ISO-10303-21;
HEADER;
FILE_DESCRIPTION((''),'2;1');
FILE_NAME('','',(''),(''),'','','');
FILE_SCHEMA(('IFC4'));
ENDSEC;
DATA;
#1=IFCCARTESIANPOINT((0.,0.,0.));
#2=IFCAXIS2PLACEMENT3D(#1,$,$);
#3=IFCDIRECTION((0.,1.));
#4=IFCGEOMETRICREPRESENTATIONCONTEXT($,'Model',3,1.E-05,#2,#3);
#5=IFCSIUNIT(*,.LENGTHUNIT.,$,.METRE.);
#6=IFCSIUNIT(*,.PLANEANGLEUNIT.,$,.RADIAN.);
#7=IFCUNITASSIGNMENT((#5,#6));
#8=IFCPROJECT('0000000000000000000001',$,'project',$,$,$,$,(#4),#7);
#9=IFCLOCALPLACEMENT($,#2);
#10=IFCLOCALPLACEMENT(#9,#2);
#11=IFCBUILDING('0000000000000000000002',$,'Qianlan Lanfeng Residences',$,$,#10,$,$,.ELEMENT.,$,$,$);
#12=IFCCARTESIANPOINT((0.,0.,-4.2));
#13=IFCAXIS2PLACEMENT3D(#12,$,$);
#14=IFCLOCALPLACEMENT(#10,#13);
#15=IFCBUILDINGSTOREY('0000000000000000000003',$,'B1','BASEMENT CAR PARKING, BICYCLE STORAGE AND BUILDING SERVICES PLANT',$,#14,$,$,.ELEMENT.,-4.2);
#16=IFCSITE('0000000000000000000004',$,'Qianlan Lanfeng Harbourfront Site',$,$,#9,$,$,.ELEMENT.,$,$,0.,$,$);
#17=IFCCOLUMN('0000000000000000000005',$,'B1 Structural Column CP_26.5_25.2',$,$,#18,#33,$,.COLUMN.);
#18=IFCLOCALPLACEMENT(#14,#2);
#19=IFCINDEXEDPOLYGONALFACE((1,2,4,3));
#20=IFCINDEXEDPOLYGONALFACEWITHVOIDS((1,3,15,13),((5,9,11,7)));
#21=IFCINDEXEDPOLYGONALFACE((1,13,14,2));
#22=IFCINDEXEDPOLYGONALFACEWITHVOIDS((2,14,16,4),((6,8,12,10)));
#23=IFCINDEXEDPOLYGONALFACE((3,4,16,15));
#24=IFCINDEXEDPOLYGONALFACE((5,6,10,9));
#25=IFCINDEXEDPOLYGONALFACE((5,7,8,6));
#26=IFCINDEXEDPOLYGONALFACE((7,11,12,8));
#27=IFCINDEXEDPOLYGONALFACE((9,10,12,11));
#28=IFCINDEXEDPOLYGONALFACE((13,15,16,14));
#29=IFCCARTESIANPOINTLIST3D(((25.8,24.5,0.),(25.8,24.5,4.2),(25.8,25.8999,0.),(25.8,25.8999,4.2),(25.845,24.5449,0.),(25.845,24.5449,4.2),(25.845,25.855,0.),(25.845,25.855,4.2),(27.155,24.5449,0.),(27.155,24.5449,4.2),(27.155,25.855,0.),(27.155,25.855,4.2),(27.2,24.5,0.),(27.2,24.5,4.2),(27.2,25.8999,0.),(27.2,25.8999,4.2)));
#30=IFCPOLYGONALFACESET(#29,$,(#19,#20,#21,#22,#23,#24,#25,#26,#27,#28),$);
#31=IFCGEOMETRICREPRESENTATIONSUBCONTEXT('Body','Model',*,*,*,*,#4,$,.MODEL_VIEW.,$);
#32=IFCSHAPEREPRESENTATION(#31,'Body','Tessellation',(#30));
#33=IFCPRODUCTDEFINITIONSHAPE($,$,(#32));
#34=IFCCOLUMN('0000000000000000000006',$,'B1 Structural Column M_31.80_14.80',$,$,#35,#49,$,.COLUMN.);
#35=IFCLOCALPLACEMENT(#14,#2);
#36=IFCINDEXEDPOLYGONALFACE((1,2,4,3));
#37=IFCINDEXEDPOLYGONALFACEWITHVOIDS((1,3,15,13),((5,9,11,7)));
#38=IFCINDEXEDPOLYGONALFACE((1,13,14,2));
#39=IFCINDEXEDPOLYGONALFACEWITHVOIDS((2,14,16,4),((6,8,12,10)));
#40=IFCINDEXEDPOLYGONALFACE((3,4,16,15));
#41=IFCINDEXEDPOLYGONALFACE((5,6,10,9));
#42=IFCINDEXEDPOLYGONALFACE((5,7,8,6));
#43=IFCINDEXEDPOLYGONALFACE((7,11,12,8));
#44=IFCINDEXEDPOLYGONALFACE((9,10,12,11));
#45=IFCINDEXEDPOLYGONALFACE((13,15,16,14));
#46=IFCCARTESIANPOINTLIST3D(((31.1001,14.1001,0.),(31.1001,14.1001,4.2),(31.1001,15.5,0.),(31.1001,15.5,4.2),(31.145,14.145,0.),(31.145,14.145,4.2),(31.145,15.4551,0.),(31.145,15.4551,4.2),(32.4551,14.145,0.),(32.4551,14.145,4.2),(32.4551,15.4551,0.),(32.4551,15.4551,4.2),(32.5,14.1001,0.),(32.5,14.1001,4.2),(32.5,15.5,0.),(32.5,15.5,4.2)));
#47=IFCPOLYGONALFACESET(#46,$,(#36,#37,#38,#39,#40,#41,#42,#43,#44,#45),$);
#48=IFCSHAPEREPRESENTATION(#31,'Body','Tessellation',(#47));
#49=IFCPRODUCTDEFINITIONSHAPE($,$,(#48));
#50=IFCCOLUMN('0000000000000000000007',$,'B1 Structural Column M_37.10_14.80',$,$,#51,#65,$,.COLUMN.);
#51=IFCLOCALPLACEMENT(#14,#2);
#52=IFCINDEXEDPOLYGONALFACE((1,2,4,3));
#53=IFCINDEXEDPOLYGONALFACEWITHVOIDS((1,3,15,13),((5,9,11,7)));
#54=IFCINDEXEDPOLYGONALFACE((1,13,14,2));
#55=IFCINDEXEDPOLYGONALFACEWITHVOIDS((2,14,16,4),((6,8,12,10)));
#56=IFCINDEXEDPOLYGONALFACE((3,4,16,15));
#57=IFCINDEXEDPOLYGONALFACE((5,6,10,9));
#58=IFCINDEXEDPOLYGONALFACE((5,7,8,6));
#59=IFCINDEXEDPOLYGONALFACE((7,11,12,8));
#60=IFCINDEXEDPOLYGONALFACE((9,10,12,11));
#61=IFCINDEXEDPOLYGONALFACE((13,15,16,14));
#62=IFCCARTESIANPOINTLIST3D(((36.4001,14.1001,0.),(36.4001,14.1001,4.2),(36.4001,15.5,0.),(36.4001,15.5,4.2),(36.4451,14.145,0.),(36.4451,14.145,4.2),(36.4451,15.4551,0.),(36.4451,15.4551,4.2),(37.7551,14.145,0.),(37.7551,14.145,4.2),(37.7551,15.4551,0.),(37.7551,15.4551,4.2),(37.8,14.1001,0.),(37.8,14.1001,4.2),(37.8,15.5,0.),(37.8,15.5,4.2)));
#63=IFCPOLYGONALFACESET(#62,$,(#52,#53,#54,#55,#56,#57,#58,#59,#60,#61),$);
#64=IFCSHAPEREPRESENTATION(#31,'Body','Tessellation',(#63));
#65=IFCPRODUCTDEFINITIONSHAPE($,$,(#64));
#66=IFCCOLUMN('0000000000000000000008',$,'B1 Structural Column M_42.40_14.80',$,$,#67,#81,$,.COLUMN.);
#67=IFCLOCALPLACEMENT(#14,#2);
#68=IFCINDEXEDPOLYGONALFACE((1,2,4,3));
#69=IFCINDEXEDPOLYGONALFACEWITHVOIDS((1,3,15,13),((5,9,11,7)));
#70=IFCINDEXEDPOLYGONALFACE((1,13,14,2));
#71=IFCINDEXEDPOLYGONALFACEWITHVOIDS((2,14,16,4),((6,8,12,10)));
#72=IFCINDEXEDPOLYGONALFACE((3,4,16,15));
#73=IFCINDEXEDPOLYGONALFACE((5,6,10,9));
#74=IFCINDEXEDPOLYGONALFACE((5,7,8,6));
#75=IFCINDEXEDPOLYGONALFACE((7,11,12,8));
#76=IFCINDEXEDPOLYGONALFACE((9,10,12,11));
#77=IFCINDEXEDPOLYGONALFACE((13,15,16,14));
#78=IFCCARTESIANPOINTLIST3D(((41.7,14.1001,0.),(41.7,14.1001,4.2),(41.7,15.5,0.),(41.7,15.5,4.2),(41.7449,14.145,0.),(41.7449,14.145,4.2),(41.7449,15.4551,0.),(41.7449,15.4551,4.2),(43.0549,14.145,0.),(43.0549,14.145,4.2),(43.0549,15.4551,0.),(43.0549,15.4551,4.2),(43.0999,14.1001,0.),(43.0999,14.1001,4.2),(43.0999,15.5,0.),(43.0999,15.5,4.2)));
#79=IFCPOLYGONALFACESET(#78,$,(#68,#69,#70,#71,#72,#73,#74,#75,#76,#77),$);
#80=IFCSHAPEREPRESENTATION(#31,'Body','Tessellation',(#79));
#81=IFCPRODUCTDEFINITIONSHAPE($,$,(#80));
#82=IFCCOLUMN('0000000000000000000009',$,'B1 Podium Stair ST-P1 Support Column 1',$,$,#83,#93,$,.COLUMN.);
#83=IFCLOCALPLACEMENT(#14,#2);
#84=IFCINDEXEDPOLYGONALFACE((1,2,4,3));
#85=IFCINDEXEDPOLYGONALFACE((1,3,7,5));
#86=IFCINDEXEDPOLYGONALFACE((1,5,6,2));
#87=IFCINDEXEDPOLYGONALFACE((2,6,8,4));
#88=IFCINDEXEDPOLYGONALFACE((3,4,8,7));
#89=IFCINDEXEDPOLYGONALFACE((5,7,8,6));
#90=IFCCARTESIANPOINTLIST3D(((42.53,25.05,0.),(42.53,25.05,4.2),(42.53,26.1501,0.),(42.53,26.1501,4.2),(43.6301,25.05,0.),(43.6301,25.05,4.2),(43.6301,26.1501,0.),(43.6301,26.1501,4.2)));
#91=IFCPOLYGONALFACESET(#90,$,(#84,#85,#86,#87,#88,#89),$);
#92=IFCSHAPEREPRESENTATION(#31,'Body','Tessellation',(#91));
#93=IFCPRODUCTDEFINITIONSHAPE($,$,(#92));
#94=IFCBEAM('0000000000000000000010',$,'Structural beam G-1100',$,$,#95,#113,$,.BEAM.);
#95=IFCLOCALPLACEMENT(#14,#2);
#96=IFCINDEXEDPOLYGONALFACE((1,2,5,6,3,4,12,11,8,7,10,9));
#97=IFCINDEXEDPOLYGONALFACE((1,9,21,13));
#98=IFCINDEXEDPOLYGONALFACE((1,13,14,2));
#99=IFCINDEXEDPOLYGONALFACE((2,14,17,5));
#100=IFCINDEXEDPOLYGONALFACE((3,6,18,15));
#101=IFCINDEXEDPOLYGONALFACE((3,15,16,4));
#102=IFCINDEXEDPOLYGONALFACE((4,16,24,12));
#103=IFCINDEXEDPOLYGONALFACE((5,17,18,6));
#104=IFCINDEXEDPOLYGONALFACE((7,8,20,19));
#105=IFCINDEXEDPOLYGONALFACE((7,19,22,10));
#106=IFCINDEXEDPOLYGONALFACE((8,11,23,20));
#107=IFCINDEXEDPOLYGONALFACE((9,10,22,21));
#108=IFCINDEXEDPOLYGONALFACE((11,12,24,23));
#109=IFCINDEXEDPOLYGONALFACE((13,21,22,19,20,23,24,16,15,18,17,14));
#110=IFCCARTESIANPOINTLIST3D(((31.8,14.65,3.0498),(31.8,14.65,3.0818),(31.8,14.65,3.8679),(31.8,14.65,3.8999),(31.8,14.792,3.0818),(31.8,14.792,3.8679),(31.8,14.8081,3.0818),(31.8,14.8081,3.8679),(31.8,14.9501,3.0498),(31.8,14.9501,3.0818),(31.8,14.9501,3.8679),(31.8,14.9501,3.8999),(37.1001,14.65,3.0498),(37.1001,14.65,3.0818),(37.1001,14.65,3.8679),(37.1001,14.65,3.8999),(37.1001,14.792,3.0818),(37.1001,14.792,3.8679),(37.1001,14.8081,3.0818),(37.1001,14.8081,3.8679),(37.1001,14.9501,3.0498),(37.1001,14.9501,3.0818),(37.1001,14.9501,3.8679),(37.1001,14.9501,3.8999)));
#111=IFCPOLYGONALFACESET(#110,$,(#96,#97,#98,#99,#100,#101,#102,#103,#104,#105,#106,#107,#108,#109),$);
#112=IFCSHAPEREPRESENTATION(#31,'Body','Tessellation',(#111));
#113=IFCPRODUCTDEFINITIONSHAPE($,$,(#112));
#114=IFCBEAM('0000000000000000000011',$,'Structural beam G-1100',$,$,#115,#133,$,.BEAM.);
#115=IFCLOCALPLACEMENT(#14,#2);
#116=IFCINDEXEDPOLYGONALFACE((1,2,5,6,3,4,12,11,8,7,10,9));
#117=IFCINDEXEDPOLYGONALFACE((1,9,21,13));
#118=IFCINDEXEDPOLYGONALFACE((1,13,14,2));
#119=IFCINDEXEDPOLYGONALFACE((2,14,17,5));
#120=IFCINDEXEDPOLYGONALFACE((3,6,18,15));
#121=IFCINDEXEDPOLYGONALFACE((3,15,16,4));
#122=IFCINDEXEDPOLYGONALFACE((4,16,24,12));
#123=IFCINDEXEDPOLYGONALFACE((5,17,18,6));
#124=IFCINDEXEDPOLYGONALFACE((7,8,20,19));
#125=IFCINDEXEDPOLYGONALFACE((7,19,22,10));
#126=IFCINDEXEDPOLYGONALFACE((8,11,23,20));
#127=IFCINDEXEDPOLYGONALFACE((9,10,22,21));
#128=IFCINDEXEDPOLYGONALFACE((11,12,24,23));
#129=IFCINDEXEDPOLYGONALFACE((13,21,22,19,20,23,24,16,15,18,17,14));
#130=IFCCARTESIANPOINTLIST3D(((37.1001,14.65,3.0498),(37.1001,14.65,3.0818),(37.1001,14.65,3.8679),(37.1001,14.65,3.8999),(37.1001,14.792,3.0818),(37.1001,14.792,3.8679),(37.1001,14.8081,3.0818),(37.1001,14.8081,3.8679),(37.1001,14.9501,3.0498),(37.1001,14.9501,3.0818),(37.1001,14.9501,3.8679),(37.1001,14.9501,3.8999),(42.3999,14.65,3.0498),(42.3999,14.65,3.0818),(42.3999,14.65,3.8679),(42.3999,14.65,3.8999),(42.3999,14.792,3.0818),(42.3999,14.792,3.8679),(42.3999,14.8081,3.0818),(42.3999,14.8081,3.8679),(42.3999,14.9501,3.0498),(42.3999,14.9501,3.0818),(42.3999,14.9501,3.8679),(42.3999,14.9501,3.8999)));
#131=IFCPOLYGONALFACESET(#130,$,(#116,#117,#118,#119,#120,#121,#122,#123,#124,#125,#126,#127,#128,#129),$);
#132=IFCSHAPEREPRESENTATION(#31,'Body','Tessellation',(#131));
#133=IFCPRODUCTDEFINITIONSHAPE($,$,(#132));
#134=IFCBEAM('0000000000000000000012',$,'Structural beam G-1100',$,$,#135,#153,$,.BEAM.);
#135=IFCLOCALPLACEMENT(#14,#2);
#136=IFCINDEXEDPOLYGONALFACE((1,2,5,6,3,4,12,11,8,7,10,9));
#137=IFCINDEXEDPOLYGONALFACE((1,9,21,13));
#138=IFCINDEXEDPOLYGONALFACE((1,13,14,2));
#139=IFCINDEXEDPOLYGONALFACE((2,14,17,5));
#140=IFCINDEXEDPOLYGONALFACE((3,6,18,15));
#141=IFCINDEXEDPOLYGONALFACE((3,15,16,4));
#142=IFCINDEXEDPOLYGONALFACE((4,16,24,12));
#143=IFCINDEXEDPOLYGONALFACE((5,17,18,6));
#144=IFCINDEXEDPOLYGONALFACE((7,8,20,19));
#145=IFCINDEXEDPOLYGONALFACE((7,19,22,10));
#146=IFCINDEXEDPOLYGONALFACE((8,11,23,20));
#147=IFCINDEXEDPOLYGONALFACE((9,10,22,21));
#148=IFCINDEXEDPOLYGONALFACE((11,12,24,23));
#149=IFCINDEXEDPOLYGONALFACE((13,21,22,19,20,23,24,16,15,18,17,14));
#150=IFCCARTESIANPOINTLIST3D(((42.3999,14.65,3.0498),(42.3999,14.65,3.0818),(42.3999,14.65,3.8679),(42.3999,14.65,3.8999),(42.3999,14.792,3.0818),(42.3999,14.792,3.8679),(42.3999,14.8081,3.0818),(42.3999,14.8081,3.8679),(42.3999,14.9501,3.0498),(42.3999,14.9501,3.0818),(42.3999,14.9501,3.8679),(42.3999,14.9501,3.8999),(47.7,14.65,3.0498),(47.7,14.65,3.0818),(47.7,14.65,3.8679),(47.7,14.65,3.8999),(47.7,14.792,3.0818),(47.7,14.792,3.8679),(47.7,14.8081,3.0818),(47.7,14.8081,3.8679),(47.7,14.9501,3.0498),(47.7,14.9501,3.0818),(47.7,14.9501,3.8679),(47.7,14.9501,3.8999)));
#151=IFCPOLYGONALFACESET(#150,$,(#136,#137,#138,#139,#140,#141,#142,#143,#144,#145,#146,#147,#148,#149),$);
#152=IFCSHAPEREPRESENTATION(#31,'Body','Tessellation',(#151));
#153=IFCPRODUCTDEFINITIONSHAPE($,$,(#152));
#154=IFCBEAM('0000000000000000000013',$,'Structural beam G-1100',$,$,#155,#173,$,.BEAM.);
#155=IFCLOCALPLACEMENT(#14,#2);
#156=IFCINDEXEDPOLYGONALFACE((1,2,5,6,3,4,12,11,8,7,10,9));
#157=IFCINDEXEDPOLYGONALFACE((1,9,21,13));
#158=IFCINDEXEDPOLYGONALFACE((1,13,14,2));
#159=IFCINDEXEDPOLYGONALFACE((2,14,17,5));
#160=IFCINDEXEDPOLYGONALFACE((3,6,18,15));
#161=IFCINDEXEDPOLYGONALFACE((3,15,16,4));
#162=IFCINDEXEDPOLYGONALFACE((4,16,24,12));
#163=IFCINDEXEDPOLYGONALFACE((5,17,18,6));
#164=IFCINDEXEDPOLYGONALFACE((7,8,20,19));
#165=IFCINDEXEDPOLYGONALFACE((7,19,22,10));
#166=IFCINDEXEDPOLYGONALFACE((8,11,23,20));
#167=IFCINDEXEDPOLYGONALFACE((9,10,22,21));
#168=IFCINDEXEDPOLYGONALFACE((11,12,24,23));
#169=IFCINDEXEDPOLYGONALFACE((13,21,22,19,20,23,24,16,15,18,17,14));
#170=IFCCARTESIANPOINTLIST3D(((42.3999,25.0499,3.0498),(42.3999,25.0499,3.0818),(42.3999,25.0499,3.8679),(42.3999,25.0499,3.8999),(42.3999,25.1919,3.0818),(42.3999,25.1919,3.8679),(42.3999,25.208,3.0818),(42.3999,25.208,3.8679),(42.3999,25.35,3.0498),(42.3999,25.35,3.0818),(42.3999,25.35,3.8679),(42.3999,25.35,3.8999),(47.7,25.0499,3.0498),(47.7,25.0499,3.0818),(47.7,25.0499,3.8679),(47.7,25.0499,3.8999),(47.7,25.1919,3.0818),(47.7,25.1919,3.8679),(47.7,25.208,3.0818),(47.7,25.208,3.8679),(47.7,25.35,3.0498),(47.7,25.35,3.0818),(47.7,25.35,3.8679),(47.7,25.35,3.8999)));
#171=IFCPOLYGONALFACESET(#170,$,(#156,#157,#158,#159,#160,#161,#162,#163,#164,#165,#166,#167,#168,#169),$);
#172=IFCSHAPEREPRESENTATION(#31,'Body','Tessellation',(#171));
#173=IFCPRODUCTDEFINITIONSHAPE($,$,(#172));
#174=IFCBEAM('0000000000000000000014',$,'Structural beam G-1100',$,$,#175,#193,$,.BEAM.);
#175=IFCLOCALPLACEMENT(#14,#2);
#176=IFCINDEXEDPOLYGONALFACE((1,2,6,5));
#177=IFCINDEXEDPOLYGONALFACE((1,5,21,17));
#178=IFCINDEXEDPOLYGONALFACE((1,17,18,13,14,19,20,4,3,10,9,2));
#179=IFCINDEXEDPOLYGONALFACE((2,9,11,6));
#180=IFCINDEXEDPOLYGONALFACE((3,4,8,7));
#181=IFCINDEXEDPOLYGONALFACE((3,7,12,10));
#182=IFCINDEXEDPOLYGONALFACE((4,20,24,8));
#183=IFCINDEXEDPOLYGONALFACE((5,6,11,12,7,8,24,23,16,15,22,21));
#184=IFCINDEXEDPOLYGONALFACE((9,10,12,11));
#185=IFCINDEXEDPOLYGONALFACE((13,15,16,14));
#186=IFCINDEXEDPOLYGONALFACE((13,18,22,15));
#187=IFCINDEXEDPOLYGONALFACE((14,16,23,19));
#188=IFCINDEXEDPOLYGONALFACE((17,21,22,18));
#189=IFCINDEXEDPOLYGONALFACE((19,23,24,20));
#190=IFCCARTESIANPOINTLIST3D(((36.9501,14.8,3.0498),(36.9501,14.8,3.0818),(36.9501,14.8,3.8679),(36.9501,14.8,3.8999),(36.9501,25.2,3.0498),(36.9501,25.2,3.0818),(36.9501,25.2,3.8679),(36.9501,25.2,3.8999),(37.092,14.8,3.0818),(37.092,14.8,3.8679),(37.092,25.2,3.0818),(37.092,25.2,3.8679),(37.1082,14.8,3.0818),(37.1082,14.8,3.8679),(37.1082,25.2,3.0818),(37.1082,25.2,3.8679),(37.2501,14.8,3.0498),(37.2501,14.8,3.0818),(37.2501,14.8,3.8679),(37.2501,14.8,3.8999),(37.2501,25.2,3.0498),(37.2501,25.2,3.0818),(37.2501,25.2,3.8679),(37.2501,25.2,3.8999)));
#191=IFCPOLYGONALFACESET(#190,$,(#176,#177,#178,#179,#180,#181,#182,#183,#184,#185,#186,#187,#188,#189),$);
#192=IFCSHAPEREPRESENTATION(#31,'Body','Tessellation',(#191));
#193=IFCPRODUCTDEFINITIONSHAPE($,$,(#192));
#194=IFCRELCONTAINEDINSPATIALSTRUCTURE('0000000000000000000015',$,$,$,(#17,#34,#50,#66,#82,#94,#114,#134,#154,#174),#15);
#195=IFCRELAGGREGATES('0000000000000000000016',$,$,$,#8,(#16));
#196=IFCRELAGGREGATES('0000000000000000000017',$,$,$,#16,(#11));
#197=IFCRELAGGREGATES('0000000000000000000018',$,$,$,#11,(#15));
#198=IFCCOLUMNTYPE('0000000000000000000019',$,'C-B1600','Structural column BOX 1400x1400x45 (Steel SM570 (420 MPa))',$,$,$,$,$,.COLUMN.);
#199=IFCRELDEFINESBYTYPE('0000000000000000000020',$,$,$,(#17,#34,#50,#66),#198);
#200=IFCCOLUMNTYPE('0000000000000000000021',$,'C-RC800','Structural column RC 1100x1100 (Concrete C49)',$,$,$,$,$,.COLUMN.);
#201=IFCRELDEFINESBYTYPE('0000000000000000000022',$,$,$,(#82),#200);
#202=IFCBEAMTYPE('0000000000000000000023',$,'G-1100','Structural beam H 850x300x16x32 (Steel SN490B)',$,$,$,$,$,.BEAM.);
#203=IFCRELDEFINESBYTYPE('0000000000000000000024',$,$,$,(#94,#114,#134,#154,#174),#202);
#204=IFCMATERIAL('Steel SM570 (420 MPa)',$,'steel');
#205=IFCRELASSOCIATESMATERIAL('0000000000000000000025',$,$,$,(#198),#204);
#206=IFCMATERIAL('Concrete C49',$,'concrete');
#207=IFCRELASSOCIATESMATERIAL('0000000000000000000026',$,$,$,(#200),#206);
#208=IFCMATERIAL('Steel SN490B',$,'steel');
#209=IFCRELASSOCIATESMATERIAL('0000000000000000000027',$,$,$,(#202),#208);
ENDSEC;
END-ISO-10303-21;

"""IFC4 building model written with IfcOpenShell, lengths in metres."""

from ifc_helpers import new_model, si_unit, direction, frame, origin, origin_2d, place, context, subcontext, project, spatial, rectangle, hollow_rectangle, i_section, extrude, material, material_profile, profile_set, type_object, element, save


model = new_model("IFC4")

# Units and contexts
model_context = context("Model", 3, precision=1e-05, world=origin(), true_north=direction((0.0, 1.0)))
body_context = subcontext(model_context, "Body", "Model", "MODEL_VIEW")
ifc_project = project(units=[si_unit("LENGTHUNIT", "METRE"), si_unit("PLANEANGLEUNIT", "RADIAN")], contexts=[model_context])

# Site, building, storey
site_placement = place(None, origin())
site = spatial("IfcSite", under=ifc_project, at=site_placement, Name="Qianlan Lanfeng Harbourfront Site", CompositionType="ELEMENT", RefElevation=0.0)
building_placement = place(site_placement, origin())
building = spatial("IfcBuilding", under=site, at=building_placement, Name="Qianlan Lanfeng Residences", CompositionType="ELEMENT")
storey_placement = place(building_placement, frame((0.0, 0.0, -4.2)))
storey = spatial("IfcBuildingStorey", under=building, at=storey_placement, Name="B1", Description="BASEMENT CAR PARKING, BICYCLE STORAGE AND BUILDING SERVICES PLANT", CompositionType="ELEMENT", Elevation=-4.2)

# Columns
ifc_material_1 = material(Name="Steel SM570 (420 MPa)", Category="steel")
ifc_material_profile_1 = material_profile(ifc_material_1, hollow_rectangle(XDim=1.3999, YDim=1.3999, WallThickness=0.0449, at=origin_2d()), Name="BOX 1400x1400x45")
ifc_profile_set_1 = profile_set([ifc_material_profile_1], Name="Steel SM570 (420 MPa)")
column_type_1 = type_object("IfcColumnType", Name="C-B1600", Description="Structural column BOX 1400x1400x45 (Steel SM570 (420 MPa))", PredefinedType="COLUMN", material=ifc_profile_set_1)
for number, where, z_axis, x_axis, name in (
    (1, (26.5, 25.2, 0.0), (0.0, 0.0, 1.0), (1.0, 0.0, 0.0), "B1 Structural Column CP_26.5_25.2"),
    (2, (31.8, 14.8, 0.0), (0.0, 0.0, 1.0), (1.0, 0.0, 0.0), "B1 Structural Column M_31.80_14.80"),
    (3, (37.1001, 14.8, 0.0), (0.0, 0.0, 1.0), (1.0, 0.0, 0.0), "B1 Structural Column M_37.10_14.80"),
    (4, (42.3999, 14.8, 0.0), (0.0, 0.0, 1.0), (1.0, 0.0, 0.0), "B1 Structural Column M_42.40_14.80"),
):
    element("IfcColumn", number, at=place(storey_placement, frame(where, z_axis=z_axis, x_axis=x_axis)), inside=storey, type_object=column_type_1, Name=name, PredefinedType="COLUMN", context=body_context, shape_type="SweptSolid", body=[
        extrude(hollow_rectangle(XDim=1.3999, YDim=1.3999, WallThickness=0.0449, at=origin_2d()), origin(), (0.0, 0.0, 1.0), 4.2),
    ])
ifc_material_2 = material(Name="Concrete C49", Category="concrete")
ifc_material_profile_2 = material_profile(ifc_material_2, rectangle(XDim=1.1001, YDim=1.1001, at=origin_2d()), Name="RC 1100x1100")
ifc_profile_set_2 = profile_set([ifc_material_profile_2], Name="Concrete C49")
column_type_2 = type_object("IfcColumnType", Name="C-RC800", Description="Structural column RC 1100x1100 (Concrete C49)", PredefinedType="COLUMN", material=ifc_profile_set_2)
column_placement = place(storey_placement, frame((43.0801, 25.6001, 0.0), z_axis=(0.0, 0.0, 1.0), x_axis=(1.0, 0.0, 0.0)))
element("IfcColumn", 5, at=column_placement, inside=storey, type_object=column_type_2, Name="B1 Podium Stair ST-P1 Support Column 1", PredefinedType="COLUMN", context=body_context, shape_type="SweptSolid", body=[
    extrude(rectangle(XDim=1.1001, YDim=1.1001, at=origin_2d()), origin(), (0.0, 0.0, 1.0), 4.2),
])

# Beams
ifc_material_3 = material(Name="Steel SN490B", Category="steel")
ifc_material_profile_3 = material_profile(ifc_material_3, i_section(OverallWidth=0.3, OverallDepth=0.8501, WebThickness=0.0161, FlangeThickness=0.032, at=origin_2d()), Name="H 850x300x16x32")
ifc_profile_set_3 = profile_set([ifc_material_profile_3], Name="Steel SN490B")
beam_type_1 = type_object("IfcBeamType", Name="G-1100", Description="Structural beam H 850x300x16x32 (Steel SN490B)", PredefinedType="BEAM", material=ifc_profile_set_3)
beam_1_placement = place(storey_placement, frame((31.8, 14.8, 3.4749), z_axis=(1.0, 0.0, 0.0), x_axis=(0.0, 1.0, 0.0)))
element("IfcBeam", 6, at=beam_1_placement, inside=storey, type_object=beam_type_1, Name="Structural beam G-1100", PredefinedType="BEAM", context=body_context, shape_type="SweptSolid", body=[
    extrude(i_section(OverallWidth=0.3, OverallDepth=0.8501, WebThickness=0.0161, FlangeThickness=0.032, at=origin_2d()), origin(), (0.0, 0.0, 1.0), 5.3),
])
beam_2_placement = place(storey_placement, frame((37.1001, 14.8, 3.4749), z_axis=(1.0, 0.0, 0.0), x_axis=(0.0, 1.0, 0.0)))
element("IfcBeam", 7, at=beam_2_placement, inside=storey, type_object=beam_type_1, Name="Structural beam G-1100", PredefinedType="BEAM", context=body_context, shape_type="SweptSolid", body=[
    extrude(i_section(OverallWidth=0.3, OverallDepth=0.8501, WebThickness=0.0161, FlangeThickness=0.032, at=origin_2d()), origin(), (0.0, 0.0, 1.0), 5.2998),
])
for number, where, z_axis, x_axis, name in (
    (8, (42.3999, 14.8, 3.4749), (1.0, 0.0, 0.0), (0.0, 1.0, 0.0), "Structural beam G-1100"),
    (9, (42.3999, 25.2, 3.4749), (1.0, 0.0, 0.0), (0.0, 1.0, 0.0), "Structural beam G-1100"),
):
    element("IfcBeam", number, at=place(storey_placement, frame(where, z_axis=z_axis, x_axis=x_axis)), inside=storey, type_object=beam_type_1, Name=name, PredefinedType="BEAM", context=body_context, shape_type="SweptSolid", body=[
        extrude(i_section(OverallWidth=0.3, OverallDepth=0.8501, WebThickness=0.0161, FlangeThickness=0.032, at=origin_2d()), origin(), (0.0, 0.0, 1.0), 5.3),
    ])
for number, where, z_axis, x_axis, name in (
    (10, (37.1001, 14.8, 3.4749), (0.0, 1.0, 0.0), (-1.0, 0.0, 0.0), "Structural beam G-1100"),
):
    element("IfcBeam", number, at=place(storey_placement, frame(where, z_axis=z_axis, x_axis=x_axis)), inside=storey, type_object=beam_type_1, Name=name, PredefinedType="BEAM", context=body_context, shape_type="SweptSolid", body=[
        extrude(i_section(OverallWidth=0.3, OverallDepth=0.8501, WebThickness=0.0161, FlangeThickness=0.032, at=origin_2d()), origin(), (0.0, 0.0, 1.0), 10.3999),
    ])

save(model, "model.ifc")
